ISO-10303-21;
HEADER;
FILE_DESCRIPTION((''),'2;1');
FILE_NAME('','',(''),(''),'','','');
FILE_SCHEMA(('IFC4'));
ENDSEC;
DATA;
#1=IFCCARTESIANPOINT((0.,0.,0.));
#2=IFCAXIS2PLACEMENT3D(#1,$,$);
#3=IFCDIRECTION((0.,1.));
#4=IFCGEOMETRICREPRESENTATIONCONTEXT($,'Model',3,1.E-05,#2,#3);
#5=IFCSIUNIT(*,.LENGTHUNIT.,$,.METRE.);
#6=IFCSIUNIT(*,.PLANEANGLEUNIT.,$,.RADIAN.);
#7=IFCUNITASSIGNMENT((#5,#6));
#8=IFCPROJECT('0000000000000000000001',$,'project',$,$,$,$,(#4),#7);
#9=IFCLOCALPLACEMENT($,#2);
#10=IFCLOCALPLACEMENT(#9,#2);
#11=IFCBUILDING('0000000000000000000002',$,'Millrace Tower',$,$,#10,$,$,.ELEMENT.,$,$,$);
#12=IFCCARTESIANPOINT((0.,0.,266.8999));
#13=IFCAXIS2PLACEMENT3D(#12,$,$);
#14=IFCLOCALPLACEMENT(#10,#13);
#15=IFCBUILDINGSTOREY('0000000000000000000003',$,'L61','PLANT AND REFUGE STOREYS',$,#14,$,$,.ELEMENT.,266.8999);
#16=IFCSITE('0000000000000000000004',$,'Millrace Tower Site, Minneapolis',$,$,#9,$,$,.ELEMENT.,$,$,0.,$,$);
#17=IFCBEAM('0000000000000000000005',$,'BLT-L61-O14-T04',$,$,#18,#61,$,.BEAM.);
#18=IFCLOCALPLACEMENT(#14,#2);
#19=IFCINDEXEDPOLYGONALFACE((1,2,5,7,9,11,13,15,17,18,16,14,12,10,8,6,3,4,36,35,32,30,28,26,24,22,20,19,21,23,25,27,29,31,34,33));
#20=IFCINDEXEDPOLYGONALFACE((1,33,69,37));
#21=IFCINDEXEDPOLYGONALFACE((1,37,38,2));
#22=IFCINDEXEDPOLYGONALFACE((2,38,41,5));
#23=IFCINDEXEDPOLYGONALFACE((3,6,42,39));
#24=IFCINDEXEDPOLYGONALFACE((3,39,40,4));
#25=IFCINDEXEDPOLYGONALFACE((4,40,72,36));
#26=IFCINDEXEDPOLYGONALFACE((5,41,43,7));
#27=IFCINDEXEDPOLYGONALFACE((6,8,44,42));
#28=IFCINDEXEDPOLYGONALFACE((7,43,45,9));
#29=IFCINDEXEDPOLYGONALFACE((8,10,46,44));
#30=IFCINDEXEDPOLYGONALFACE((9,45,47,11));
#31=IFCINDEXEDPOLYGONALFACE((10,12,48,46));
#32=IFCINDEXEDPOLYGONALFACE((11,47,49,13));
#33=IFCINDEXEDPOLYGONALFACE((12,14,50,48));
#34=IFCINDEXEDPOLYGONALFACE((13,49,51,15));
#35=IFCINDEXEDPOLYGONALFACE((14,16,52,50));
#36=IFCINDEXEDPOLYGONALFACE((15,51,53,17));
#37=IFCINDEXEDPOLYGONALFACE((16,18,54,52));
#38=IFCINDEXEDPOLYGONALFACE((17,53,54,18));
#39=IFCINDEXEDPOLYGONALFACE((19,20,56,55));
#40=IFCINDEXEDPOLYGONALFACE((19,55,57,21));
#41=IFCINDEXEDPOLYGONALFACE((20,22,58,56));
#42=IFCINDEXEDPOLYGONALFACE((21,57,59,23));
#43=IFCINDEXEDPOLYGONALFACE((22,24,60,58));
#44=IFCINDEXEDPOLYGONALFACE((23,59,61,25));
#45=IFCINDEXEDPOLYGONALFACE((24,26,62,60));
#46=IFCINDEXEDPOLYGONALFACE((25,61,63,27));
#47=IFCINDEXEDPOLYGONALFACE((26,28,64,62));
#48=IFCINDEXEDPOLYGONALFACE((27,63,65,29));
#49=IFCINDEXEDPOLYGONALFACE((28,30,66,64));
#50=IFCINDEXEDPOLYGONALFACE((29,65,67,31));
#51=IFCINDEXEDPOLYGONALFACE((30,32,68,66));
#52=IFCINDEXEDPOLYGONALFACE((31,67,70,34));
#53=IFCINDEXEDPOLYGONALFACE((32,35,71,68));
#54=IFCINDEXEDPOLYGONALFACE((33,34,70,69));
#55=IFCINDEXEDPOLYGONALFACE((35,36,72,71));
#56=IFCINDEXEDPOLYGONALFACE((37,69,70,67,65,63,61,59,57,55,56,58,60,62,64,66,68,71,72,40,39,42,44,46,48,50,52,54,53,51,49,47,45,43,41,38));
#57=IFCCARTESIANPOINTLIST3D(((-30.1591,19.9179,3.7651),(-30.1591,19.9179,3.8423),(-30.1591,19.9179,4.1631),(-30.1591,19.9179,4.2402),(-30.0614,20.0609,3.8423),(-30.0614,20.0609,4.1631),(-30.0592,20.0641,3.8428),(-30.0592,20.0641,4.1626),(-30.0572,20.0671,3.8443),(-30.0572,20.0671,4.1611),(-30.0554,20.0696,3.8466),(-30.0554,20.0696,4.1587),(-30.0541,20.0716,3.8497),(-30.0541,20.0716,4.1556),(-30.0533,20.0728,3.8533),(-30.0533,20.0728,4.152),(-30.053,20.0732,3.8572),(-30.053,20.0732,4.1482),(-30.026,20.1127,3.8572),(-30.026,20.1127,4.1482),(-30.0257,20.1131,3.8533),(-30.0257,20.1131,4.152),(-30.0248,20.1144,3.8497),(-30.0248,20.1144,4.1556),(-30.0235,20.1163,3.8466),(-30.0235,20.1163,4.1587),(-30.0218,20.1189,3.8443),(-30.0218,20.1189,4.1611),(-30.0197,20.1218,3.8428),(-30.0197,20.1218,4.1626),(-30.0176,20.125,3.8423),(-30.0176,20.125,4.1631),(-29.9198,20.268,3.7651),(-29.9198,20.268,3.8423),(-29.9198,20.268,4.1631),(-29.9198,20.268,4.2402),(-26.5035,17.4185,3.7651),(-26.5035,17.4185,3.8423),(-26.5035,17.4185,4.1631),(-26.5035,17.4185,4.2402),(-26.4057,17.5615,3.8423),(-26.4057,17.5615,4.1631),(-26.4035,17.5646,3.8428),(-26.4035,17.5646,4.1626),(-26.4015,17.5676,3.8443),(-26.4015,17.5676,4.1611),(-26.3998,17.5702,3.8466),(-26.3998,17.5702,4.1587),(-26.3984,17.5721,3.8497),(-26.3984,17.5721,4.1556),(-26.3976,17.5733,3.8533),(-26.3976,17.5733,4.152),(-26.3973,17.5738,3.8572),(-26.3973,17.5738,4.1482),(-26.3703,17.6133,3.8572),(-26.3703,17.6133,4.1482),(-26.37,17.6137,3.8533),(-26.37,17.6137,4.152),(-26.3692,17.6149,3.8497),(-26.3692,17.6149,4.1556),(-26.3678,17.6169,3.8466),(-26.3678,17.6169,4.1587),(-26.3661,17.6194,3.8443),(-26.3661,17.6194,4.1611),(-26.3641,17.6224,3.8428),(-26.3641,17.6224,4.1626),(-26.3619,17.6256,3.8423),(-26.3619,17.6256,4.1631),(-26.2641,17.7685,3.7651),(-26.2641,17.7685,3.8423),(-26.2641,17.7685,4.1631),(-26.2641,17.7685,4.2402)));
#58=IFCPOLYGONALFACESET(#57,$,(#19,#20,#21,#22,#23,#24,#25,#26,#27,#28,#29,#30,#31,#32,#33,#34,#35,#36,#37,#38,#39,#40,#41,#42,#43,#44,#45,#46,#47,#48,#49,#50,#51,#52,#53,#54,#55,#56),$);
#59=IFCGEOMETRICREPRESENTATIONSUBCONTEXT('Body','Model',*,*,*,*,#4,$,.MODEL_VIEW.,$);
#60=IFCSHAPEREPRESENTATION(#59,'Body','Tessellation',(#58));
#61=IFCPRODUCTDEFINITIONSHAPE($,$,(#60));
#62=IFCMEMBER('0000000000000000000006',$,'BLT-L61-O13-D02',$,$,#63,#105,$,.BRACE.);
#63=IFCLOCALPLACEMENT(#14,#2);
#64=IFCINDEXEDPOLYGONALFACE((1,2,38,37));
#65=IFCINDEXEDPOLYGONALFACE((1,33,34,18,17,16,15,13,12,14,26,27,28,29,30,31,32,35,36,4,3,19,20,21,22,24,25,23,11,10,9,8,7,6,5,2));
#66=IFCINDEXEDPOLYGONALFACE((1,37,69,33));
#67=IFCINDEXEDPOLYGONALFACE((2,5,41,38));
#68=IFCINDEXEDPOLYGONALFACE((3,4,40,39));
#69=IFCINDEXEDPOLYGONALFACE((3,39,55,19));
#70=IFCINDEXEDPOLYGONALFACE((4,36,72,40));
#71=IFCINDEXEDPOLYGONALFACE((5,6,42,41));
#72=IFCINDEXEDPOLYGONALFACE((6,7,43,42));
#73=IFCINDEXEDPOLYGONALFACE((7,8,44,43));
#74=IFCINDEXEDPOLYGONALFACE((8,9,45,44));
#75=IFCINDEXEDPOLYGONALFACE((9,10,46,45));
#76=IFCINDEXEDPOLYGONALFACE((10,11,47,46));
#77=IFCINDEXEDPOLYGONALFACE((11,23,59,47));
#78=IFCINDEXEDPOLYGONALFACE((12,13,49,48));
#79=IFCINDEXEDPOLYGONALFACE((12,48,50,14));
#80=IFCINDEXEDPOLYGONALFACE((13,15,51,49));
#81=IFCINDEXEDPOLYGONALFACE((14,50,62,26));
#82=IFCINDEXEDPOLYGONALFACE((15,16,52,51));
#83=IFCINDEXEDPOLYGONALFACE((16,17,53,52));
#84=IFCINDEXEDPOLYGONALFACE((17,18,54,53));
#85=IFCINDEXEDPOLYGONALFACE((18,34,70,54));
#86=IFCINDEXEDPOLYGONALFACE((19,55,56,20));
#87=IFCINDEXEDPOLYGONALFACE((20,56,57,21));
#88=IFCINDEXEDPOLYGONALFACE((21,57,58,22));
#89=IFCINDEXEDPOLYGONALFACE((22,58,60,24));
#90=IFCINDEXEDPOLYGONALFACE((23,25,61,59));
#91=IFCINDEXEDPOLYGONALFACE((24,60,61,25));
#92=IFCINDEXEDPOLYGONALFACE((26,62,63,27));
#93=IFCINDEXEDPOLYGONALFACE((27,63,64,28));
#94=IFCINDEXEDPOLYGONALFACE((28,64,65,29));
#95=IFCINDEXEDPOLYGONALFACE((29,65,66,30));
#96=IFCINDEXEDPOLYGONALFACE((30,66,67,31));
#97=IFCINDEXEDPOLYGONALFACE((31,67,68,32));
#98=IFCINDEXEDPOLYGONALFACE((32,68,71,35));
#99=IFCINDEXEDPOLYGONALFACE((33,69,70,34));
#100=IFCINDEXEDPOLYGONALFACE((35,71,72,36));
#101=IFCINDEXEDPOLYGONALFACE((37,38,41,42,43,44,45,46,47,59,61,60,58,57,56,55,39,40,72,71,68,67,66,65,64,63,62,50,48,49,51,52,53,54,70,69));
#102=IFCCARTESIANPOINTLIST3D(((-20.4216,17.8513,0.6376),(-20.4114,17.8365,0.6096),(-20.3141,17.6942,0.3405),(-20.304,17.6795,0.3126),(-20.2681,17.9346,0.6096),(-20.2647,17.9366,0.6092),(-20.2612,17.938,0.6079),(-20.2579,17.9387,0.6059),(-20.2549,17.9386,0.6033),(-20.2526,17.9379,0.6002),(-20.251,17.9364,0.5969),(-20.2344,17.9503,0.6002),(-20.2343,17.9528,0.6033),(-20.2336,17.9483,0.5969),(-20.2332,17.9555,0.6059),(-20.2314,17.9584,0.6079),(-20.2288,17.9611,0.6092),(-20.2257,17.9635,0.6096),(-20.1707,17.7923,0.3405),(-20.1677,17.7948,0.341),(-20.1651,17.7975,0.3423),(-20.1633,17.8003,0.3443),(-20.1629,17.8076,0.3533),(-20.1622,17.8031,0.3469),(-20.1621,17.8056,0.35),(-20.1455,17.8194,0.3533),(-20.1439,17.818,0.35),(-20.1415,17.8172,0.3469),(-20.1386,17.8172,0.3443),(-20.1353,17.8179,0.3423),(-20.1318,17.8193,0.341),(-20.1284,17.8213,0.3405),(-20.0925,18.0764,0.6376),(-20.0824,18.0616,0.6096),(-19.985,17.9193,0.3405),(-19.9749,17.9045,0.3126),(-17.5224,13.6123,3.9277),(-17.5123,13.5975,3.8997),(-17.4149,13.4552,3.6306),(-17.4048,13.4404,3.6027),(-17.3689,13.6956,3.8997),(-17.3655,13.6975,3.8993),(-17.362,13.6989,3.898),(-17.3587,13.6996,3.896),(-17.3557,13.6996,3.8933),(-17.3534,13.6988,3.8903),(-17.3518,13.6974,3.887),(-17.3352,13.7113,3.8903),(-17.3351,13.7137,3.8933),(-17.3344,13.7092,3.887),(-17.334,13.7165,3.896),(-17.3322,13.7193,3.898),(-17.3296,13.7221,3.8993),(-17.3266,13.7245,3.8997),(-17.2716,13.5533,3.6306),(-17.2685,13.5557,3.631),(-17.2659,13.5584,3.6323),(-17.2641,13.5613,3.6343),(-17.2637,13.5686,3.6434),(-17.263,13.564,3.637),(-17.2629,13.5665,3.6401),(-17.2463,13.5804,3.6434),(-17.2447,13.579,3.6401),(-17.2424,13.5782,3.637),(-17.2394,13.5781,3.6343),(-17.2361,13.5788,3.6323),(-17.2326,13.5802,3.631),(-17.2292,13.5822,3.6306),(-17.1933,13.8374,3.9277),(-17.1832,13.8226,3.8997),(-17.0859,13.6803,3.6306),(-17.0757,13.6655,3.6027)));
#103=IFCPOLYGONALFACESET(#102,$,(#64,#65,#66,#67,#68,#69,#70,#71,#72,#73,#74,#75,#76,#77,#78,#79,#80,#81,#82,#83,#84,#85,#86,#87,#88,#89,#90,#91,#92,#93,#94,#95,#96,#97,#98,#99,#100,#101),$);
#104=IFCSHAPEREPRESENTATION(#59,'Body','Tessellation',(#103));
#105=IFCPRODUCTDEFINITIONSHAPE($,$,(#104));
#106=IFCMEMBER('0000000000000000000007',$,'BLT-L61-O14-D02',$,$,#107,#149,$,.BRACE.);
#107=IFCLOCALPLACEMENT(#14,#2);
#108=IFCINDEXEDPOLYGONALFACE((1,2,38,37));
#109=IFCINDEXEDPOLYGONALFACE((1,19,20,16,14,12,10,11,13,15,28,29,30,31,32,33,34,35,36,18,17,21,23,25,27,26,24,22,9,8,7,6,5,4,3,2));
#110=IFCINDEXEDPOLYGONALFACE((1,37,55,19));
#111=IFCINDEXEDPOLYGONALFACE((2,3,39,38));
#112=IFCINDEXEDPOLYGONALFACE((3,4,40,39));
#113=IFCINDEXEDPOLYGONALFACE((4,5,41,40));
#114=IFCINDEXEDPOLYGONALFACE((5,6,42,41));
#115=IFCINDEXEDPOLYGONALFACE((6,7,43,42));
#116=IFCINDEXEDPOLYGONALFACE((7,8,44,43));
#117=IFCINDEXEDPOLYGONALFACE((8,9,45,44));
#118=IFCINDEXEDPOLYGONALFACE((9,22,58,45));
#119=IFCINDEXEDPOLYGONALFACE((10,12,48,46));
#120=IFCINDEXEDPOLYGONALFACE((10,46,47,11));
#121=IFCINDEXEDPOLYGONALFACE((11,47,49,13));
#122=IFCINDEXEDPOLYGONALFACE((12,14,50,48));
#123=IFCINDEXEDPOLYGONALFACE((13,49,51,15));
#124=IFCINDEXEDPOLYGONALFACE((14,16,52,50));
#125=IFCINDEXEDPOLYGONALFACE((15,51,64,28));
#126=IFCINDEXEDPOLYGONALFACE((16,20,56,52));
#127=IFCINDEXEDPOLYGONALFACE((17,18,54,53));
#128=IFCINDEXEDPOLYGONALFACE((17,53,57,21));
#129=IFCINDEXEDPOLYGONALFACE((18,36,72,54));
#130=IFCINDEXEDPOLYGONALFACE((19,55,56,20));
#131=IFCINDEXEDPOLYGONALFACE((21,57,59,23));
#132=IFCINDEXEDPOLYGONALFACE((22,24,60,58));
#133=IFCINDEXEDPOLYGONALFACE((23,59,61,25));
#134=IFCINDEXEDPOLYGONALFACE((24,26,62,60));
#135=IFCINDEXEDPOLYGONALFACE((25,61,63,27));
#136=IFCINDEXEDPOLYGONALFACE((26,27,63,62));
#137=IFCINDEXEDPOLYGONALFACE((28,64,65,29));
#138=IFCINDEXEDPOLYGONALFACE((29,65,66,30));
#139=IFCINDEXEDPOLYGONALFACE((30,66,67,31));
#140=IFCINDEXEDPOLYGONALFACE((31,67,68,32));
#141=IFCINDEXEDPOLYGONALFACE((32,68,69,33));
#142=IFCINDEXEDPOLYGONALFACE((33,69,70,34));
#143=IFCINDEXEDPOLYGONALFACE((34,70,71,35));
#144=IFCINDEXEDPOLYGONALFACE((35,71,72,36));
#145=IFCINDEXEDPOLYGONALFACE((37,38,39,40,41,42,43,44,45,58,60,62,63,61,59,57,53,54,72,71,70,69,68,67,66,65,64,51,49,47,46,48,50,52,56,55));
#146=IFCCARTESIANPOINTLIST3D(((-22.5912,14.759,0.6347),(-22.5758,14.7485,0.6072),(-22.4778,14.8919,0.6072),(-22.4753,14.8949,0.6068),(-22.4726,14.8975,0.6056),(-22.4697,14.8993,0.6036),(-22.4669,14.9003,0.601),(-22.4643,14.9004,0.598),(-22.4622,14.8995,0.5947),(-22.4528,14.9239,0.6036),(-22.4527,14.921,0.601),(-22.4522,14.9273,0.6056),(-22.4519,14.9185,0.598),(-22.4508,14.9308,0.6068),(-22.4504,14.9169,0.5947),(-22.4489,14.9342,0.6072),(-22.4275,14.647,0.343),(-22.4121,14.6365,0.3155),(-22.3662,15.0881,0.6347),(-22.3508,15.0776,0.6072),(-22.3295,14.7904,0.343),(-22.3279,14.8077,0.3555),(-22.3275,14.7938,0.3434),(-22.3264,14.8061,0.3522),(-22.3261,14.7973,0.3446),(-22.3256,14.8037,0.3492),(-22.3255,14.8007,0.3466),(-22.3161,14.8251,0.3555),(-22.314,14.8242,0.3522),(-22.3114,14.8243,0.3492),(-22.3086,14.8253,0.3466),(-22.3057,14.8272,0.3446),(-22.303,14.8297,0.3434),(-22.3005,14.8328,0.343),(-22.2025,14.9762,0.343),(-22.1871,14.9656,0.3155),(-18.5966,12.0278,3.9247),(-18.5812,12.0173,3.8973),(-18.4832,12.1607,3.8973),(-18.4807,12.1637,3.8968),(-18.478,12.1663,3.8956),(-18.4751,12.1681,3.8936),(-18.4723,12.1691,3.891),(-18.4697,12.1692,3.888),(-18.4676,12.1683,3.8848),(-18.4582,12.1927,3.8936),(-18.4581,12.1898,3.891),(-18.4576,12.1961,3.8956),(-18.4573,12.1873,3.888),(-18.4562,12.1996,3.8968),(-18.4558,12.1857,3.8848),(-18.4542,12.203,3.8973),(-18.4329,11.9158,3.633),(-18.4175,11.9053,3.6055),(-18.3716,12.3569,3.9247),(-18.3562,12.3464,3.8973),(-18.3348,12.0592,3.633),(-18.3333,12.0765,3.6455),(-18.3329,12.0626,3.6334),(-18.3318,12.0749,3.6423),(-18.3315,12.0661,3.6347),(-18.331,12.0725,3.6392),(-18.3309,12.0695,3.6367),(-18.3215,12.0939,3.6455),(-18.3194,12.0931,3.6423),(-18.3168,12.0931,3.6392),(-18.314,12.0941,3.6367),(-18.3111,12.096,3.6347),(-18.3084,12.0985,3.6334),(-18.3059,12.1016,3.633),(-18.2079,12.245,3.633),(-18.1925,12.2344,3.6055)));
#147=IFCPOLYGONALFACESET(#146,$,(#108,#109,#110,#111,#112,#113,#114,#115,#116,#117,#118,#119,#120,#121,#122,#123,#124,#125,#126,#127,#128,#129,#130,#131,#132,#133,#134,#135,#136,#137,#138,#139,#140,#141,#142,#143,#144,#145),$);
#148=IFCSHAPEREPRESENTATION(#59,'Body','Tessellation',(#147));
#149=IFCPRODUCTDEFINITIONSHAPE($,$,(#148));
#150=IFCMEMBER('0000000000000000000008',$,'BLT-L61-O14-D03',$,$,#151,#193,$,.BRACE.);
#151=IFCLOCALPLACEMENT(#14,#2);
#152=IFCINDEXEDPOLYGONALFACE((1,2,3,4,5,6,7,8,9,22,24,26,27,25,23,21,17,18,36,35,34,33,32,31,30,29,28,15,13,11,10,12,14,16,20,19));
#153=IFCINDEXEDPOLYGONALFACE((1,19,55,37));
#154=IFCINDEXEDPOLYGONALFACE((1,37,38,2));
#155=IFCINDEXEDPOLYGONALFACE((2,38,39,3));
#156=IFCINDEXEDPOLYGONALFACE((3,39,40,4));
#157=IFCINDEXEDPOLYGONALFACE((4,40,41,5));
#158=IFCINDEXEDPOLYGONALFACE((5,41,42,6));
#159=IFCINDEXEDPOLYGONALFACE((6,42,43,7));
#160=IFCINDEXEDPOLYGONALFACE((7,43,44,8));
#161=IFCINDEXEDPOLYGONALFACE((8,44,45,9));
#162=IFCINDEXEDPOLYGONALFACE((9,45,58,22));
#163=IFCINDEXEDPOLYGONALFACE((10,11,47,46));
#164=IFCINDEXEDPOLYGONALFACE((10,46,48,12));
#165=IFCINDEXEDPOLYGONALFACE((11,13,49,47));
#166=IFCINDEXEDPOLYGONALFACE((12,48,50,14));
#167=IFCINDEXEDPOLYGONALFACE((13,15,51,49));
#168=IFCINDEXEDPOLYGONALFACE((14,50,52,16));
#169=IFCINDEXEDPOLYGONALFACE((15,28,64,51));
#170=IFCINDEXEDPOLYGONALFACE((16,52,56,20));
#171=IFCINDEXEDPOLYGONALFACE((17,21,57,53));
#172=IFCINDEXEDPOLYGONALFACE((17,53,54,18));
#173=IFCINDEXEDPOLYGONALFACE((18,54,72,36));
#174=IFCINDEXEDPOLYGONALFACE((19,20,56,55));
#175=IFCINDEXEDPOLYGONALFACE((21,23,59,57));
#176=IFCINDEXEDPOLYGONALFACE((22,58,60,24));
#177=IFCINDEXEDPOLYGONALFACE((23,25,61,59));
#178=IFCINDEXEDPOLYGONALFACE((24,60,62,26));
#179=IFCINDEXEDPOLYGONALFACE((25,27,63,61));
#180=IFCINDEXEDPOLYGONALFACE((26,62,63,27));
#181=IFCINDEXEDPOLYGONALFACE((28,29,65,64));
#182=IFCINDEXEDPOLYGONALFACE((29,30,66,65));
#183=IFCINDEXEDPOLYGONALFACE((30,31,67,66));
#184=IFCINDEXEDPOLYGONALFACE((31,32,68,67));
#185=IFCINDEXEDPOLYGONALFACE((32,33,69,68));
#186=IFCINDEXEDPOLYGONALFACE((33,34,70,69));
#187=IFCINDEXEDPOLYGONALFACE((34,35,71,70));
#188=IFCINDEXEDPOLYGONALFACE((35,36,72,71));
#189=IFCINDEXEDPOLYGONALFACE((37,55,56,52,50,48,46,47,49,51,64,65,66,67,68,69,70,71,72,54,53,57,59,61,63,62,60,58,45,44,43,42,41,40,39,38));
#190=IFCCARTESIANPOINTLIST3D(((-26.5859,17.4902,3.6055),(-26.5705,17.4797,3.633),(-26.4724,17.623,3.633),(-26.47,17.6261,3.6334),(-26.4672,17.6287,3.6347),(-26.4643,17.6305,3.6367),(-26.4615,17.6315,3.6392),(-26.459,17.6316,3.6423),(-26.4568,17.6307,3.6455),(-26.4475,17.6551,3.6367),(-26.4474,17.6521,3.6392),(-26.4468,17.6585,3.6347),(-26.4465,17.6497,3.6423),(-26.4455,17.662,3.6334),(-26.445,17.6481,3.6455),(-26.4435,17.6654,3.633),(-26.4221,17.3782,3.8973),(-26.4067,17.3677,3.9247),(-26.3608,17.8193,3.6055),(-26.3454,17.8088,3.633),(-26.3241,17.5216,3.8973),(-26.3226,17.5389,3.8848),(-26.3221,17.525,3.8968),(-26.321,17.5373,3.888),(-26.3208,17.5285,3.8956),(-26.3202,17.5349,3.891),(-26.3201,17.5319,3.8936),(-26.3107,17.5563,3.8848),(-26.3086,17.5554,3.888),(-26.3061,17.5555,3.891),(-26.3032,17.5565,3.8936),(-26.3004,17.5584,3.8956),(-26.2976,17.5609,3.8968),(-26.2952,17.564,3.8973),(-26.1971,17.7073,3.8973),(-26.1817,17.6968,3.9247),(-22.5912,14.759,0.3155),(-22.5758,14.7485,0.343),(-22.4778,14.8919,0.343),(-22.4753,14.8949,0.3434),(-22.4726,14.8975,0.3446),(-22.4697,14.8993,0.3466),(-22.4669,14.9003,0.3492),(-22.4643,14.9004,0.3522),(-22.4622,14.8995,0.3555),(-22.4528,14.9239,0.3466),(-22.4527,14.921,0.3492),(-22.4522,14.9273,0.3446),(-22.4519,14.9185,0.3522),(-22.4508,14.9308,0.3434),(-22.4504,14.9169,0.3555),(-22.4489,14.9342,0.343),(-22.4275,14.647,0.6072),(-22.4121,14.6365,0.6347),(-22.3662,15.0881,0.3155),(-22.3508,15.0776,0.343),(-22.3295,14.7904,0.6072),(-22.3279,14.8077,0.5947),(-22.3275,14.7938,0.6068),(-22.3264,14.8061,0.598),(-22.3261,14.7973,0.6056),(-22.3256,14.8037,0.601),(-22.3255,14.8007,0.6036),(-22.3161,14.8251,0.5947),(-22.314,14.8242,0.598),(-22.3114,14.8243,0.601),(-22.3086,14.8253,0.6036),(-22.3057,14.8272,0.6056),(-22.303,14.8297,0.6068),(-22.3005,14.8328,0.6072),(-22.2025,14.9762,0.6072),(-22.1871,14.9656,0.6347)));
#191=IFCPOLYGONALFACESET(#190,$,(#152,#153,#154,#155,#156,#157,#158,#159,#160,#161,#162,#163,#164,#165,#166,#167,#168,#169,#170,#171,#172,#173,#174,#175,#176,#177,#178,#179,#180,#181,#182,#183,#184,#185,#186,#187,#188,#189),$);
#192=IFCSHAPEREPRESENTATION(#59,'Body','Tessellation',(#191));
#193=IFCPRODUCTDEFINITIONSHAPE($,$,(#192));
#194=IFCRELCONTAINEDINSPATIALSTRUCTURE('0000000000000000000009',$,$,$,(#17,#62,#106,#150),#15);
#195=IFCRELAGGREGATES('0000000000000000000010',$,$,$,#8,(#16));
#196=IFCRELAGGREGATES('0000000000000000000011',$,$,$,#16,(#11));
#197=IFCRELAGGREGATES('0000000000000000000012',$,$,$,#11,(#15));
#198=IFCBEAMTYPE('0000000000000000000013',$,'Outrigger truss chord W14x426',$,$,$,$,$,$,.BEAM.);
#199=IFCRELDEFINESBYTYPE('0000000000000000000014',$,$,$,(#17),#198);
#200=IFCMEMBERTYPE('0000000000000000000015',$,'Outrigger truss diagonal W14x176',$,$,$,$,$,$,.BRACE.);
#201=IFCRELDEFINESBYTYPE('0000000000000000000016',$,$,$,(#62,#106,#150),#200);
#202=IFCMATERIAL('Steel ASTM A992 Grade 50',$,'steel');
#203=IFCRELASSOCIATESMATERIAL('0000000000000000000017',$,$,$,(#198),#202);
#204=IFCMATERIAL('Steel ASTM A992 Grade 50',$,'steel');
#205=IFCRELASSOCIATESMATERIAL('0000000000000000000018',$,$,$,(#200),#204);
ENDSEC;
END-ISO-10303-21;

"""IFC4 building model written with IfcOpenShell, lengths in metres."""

from ifc_helpers import new_model, si_unit, direction, frame, origin, origin_2d, place, context, subcontext, project, spatial, i_section, extrude, material, material_profile, profile_set, type_object, element, save


model = new_model("IFC4")

# Units and contexts
model_context = context("Model", 3, precision=1e-05, world=origin(), true_north=direction((0.0, 1.0)))
body_context = subcontext(model_context, "Body", "Model", "MODEL_VIEW")
ifc_project = project(units=[si_unit("LENGTHUNIT", "METRE"), si_unit("PLANEANGLEUNIT", "RADIAN")], contexts=[model_context])

# Site, building, storey
site_placement = place(None, origin())
site = spatial("IfcSite", under=ifc_project, at=site_placement, Name="Millrace Tower Site, Minneapolis", CompositionType="ELEMENT", RefElevation=0.0)
building_placement = place(site_placement, origin())
building = spatial("IfcBuilding", under=site, at=building_placement, Name="Millrace Tower", CompositionType="ELEMENT")
storey_placement = place(building_placement, frame((0.0, 0.0, 266.8999)))
storey = spatial("IfcBuildingStorey", under=building, at=storey_placement, Name="L61", Description="PLANT AND REFUGE STOREYS", CompositionType="ELEMENT", Elevation=266.8999)

# Beam
ifc_material_1 = material(Name="Steel ASTM A992 Grade 50", Category="steel")
ifc_material_profile_1 = material_profile(ifc_material_1, i_section(OverallWidth=0.4241, OverallDepth=0.4751, WebThickness=0.0479, FlangeThickness=0.0771, FilletRadius=0.0149, at=origin_2d()))
ifc_profile_set_1 = profile_set([ifc_material_profile_1], Name="Steel ASTM A992 Grade 50")
beam_type_1 = type_object("IfcBeamType", Name="Outrigger truss chord W14x426", PredefinedType="BEAM", material=ifc_profile_set_1)
beam_1_placement = place(storey_placement, frame((-26.3838, 17.5935, 4.0027), z_axis=(-0.825497, 0.564407, 0.0), x_axis=(-0.564407, -0.825497, 0.0)))
element("IfcBeam", 1, at=beam_1_placement, inside=storey, type_object=beam_type_1, Name="BLT-L61-O14-T04", PredefinedType="BEAM", context=body_context, shape_type="SweptSolid", body=[
    extrude(i_section(OverallWidth=0.4241, OverallDepth=0.4751, WebThickness=0.0479, FlangeThickness=0.0771, FilletRadius=0.0149, at=origin_2d()), origin(), (0.0, 0.0, 1.0), 4.4285),
])

# Members
ifc_material_2 = material(Name="Steel ASTM A992 Grade 50", Category="steel")
ifc_material_profile_2 = material_profile(ifc_material_2, i_section(OverallWidth=0.3987, OverallDepth=0.386, WebThickness=0.021, FlangeThickness=0.0332, FilletRadius=0.0151, at=origin_2d()))
ifc_profile_set_2 = profile_set([ifc_material_profile_2], Name="Steel ASTM A992 Grade 50")
member_type_1 = type_object("IfcMemberType", Name="Outrigger truss diagonal W14x176", PredefinedType="BRACE", material=ifc_profile_set_2)
member_1_placement = place(storey_placement, frame((-20.1982, 17.8779, 0.4751), z_axis=(0.475345, -0.695025, 0.539432), x_axis=(0.825417, 0.564524, 0.0)))
element("IfcMember", 2, at=member_1_placement, inside=storey, type_object=member_type_1, Name="BLT-L61-O13-D02", PredefinedType="BRACE", context=body_context, shape_type="SweptSolid", body=[
    extrude(i_section(OverallWidth=0.3987, OverallDepth=0.386, WebThickness=0.021, FlangeThickness=0.0332, FilletRadius=0.0151, at=origin_2d()), origin(), (0.0, 0.0, 1.0), 6.0991),
])
for number, where, z_axis, x_axis, name in (
    (3, (-22.3892, 14.8623, 0.4751), (0.682659, -0.466747, 0.562249), (0.564407, 0.825497, 0.0), "BLT-L61-O14-D02"),
    (4, (-22.3892, 14.8623, 0.4751), (-0.682659, 0.466747, 0.562249), (-0.564407, -0.825497, 0.0), "BLT-L61-O14-D03"),
):
    element("IfcMember", number, at=place(storey_placement, frame(where, z_axis=z_axis, x_axis=x_axis)), inside=storey, type_object=member_type_1, Name=name, PredefinedType="BRACE", context=body_context, shape_type="SweptSolid", body=[
        extrude(i_section(OverallWidth=0.3987, OverallDepth=0.386, WebThickness=0.021, FlangeThickness=0.0332, FilletRadius=0.0151, at=origin_2d()), origin(), (0.0, 0.0, 1.0), 5.8516),
    ])

save(model, "model.ifc")
